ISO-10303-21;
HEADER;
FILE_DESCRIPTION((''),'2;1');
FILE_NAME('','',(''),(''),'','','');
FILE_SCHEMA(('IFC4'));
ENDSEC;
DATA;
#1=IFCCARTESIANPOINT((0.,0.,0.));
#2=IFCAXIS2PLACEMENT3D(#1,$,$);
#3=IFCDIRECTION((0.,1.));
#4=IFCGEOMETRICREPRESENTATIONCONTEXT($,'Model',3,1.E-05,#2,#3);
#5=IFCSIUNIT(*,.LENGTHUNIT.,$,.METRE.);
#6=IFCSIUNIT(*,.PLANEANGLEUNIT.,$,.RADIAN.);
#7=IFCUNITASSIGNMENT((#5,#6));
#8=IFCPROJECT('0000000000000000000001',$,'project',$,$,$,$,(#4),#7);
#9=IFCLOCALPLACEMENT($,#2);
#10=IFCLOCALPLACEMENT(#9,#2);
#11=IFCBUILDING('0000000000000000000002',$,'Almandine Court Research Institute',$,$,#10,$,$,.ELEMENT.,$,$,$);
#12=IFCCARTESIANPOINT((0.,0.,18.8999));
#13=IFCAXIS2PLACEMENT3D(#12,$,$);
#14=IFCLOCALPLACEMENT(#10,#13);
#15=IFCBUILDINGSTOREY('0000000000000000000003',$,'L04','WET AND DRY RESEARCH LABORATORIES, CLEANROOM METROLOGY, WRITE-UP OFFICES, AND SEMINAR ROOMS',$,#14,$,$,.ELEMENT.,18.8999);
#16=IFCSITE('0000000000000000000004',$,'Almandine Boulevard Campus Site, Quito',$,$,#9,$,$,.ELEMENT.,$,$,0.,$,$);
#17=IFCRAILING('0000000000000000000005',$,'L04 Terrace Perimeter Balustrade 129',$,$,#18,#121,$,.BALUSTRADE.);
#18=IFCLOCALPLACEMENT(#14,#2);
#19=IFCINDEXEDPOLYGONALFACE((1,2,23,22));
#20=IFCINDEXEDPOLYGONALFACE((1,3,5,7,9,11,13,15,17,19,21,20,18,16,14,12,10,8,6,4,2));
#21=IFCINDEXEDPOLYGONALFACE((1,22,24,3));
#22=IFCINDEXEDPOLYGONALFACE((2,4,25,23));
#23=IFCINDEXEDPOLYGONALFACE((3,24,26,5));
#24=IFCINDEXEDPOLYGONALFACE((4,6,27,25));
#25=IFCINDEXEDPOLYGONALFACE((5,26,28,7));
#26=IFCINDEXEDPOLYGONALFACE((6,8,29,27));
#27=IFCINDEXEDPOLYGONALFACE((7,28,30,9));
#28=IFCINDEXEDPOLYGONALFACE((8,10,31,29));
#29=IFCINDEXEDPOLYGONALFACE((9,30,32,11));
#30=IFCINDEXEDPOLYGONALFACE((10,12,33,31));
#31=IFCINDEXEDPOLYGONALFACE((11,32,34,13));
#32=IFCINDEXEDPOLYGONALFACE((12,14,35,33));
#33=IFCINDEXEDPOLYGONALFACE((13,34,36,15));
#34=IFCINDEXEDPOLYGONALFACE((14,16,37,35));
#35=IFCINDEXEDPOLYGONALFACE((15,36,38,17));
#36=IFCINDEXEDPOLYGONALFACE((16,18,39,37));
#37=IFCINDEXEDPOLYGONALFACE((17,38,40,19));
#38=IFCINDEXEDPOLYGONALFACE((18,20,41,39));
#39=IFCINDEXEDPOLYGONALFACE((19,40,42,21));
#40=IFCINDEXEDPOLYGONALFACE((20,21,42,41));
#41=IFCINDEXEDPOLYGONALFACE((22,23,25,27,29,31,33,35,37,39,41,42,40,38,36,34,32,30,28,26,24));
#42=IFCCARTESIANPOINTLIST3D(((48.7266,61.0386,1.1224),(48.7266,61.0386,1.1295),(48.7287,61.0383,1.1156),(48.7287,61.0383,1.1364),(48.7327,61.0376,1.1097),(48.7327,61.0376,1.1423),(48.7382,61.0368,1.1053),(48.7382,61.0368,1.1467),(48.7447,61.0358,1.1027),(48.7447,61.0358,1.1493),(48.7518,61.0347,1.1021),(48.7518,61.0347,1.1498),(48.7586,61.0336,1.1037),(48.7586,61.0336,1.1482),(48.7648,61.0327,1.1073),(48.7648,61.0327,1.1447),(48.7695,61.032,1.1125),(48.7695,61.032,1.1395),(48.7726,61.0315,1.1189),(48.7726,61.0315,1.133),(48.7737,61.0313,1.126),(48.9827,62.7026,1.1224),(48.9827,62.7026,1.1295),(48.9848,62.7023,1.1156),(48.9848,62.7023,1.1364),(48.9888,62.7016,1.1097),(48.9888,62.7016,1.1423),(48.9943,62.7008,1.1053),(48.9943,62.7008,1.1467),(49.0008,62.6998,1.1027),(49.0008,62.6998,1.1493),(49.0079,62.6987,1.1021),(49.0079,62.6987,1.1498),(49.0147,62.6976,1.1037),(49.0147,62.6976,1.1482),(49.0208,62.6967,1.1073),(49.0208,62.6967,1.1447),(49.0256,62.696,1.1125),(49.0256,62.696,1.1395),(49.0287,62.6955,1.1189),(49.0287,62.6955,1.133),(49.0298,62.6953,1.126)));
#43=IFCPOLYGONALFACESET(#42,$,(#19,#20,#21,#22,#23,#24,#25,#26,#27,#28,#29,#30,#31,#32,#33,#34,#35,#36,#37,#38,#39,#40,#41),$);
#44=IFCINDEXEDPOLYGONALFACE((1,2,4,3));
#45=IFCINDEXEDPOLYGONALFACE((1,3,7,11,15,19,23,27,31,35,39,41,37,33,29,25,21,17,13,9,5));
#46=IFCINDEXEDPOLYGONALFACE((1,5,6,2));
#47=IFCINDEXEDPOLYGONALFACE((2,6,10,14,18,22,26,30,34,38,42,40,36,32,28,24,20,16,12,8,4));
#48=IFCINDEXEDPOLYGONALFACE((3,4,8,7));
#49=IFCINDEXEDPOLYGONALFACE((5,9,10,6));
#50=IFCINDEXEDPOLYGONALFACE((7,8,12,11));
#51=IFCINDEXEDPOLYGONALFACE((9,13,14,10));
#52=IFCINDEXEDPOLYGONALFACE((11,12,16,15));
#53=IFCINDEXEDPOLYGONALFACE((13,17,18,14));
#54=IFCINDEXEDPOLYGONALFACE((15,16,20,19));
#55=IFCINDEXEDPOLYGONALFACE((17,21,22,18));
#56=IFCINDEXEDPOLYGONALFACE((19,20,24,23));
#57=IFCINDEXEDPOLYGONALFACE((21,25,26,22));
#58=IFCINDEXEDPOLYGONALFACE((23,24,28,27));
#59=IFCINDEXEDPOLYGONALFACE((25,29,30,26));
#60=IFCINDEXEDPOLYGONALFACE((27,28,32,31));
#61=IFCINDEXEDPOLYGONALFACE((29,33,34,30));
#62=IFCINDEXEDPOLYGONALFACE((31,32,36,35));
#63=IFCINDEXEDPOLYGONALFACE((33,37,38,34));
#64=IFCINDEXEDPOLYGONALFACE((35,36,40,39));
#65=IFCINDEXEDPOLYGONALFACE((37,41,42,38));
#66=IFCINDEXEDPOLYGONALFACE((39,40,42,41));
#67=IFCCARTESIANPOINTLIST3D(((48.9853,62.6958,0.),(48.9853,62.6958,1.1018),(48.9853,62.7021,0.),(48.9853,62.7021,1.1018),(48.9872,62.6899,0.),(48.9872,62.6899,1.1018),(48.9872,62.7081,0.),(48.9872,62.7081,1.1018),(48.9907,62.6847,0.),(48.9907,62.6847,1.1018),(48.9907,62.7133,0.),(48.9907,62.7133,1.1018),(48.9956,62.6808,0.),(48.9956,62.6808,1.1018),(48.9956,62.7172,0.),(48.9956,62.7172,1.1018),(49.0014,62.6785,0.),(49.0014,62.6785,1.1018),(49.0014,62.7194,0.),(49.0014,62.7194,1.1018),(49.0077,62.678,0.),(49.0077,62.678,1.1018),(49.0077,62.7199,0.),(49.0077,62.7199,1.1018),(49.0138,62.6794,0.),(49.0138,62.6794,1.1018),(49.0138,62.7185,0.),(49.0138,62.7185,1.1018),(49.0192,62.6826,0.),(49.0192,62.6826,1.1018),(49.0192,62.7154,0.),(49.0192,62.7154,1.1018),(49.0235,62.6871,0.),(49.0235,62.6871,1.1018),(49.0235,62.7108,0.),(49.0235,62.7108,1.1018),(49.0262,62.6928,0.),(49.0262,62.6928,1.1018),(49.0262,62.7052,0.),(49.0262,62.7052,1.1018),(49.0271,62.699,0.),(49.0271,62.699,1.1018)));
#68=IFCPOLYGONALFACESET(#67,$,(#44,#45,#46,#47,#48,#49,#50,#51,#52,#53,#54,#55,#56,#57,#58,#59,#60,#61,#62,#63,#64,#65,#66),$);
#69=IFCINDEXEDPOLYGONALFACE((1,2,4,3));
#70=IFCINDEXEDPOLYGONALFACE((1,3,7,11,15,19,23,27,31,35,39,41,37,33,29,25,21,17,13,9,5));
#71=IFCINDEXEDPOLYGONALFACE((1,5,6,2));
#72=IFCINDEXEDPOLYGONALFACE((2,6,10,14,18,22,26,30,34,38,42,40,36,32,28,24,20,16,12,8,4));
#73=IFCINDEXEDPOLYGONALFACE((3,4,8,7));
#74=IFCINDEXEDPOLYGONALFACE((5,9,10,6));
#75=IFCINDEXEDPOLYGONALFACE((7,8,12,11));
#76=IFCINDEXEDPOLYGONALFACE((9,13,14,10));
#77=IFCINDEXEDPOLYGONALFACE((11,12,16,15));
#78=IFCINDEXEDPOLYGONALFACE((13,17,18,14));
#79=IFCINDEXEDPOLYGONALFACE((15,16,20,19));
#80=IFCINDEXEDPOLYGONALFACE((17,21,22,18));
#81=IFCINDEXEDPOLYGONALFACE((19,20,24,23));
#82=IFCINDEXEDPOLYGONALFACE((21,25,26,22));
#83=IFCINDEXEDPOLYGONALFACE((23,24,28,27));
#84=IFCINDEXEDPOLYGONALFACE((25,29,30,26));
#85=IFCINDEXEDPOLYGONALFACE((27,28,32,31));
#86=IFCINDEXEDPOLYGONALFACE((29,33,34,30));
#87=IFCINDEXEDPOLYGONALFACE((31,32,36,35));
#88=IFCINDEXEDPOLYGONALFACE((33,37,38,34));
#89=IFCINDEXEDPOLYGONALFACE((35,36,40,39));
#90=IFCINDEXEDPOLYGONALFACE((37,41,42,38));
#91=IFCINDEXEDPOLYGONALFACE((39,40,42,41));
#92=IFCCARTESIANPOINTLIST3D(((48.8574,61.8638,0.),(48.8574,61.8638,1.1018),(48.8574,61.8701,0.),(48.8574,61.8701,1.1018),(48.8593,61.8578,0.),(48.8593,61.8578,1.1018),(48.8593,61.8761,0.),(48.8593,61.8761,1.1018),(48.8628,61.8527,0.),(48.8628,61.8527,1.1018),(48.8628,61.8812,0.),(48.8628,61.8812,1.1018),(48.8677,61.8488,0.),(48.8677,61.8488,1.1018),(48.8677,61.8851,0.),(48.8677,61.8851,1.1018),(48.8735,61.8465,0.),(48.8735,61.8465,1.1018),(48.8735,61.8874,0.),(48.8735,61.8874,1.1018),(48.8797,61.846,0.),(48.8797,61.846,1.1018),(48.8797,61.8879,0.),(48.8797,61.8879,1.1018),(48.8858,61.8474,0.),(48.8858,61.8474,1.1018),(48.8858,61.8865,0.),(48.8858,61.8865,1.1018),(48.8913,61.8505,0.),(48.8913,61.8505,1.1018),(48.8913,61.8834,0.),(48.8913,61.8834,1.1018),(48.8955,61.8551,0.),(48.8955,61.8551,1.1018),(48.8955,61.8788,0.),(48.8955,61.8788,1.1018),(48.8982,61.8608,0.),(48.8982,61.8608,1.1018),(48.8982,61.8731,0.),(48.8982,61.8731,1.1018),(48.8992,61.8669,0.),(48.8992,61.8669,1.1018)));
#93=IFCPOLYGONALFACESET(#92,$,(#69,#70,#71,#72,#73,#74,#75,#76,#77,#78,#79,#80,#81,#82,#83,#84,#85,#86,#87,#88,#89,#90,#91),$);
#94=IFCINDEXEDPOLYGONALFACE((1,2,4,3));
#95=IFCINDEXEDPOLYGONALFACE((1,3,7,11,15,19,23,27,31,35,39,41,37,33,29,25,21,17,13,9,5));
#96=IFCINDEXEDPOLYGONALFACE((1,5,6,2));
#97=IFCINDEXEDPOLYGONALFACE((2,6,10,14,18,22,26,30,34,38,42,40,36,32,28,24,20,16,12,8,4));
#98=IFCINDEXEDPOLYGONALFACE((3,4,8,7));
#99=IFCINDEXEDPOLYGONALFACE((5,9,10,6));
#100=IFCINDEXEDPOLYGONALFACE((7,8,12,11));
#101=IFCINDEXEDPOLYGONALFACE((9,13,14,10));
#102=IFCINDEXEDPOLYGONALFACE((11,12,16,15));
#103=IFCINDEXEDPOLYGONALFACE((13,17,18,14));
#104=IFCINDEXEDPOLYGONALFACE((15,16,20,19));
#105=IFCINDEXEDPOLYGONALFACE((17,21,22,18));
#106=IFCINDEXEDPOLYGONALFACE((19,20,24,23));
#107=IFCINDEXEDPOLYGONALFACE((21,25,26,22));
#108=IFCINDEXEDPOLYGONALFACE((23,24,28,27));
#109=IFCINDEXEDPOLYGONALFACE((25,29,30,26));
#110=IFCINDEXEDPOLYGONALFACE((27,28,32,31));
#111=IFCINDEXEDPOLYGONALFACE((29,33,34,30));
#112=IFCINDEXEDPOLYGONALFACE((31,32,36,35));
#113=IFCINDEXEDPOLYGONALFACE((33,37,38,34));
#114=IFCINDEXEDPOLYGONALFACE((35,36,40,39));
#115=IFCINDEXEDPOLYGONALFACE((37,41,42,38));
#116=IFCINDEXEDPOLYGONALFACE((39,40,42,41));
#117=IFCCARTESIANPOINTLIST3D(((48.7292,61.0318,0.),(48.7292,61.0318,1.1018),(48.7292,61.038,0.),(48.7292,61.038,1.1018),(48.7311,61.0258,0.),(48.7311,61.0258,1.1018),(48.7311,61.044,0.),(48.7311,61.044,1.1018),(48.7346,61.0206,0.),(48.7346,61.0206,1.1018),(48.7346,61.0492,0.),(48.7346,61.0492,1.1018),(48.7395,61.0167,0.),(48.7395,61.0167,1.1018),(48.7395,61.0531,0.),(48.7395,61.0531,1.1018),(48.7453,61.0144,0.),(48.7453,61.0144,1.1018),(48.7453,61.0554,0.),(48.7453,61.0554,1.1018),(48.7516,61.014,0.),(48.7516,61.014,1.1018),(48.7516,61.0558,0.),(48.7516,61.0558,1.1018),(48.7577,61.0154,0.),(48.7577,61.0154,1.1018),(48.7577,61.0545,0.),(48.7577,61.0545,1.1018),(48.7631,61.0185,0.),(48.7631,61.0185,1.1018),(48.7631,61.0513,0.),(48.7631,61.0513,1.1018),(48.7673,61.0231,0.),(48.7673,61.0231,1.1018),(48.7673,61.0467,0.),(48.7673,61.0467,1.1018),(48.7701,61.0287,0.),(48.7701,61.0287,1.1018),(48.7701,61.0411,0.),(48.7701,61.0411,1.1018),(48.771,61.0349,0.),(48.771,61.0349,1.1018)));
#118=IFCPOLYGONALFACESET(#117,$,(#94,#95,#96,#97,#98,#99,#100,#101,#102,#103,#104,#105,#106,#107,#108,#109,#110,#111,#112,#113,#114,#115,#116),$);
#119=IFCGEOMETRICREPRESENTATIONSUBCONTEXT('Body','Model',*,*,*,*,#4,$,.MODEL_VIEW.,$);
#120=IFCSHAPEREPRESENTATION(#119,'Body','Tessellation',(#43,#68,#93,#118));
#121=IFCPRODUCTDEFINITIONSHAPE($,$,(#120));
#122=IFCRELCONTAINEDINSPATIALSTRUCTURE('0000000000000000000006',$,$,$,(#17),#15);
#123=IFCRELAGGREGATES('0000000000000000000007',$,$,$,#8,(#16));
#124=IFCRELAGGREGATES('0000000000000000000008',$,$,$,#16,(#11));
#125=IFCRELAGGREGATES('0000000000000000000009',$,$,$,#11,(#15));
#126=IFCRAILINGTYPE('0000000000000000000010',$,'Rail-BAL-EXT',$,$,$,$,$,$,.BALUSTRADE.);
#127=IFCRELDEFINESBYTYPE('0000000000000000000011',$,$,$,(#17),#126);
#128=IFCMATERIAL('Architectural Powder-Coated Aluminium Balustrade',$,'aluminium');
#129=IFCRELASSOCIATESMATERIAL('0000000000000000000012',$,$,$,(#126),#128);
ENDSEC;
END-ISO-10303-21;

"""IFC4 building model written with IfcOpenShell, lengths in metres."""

from ifc_helpers import new_model, si_unit, direction, frame, origin, origin_2d, place, context, subcontext, project, spatial, circle, extrude, material, type_object, element, save


model = new_model("IFC4")

# Units and contexts
model_context = context("Model", 3, precision=1e-05, world=origin(), true_north=direction((0.0, 1.0)))
body_context = subcontext(model_context, "Body", "Model", "MODEL_VIEW")
ifc_project = project(units=[si_unit("LENGTHUNIT", "METRE"), si_unit("PLANEANGLEUNIT", "RADIAN")], contexts=[model_context])

# Site, building, storey
site_placement = place(None, origin())
site = spatial("IfcSite", under=ifc_project, at=site_placement, Name="Almandine Boulevard Campus Site, Quito", CompositionType="ELEMENT", RefElevation=0.0)
building_placement = place(site_placement, origin())
building = spatial("IfcBuilding", under=site, at=building_placement, Name="Almandine Court Research Institute", CompositionType="ELEMENT")
storey_placement = place(building_placement, frame((0.0, 0.0, 18.8999)))
storey = spatial("IfcBuildingStorey", under=building, at=storey_placement, Name="L04", Description="WET AND DRY RESEARCH LABORATORIES, CLEANROOM METROLOGY, WRITE-UP OFFICES, AND SEMINAR ROOMS", CompositionType="ELEMENT", Elevation=18.8999)

# Railing
ifc_material_1 = material(Name="Architectural Powder-Coated Aluminium Balustrade", Category="aluminium")
railing_type = type_object("IfcRailingType", Name="Rail-BAL-EXT", PredefinedType="BALUSTRADE", material=ifc_material_1)
railing_1_placement = place(storey_placement, frame((49.0061, 62.699, 0.0)))
element("IfcRailing", 1, at=railing_1_placement, inside=storey, type_object=railing_type, Name="L04 Terrace Perimeter Balustrade 129", PredefinedType="BALUSTRADE", context=body_context, shape_type="SweptSolid", body=[
    extrude(circle(Radius=0.0239, at=origin_2d()), frame((0.0, 0.0, 1.126), z_axis=(-0.152112, -0.988363, 0.0), x_axis=(0.988363, -0.152112, 0.0)), (0.0, 0.0, 1.0), 1.6836),
    extrude(circle(Radius=0.021, at=origin_2d()), origin(), (0.0, 0.0, 1.0), 1.1018),
    extrude(circle(Radius=0.021, at=origin_2d()), frame((-0.1279, -0.832, 0.0)), (0.0, 0.0, 1.0), 1.1018),
    extrude(circle(Radius=0.021, at=origin_2d()), frame((-0.2561, -1.6641, 0.0)), (0.0, 0.0, 1.0), 1.1018),
])

save(model, "model.ifc")
